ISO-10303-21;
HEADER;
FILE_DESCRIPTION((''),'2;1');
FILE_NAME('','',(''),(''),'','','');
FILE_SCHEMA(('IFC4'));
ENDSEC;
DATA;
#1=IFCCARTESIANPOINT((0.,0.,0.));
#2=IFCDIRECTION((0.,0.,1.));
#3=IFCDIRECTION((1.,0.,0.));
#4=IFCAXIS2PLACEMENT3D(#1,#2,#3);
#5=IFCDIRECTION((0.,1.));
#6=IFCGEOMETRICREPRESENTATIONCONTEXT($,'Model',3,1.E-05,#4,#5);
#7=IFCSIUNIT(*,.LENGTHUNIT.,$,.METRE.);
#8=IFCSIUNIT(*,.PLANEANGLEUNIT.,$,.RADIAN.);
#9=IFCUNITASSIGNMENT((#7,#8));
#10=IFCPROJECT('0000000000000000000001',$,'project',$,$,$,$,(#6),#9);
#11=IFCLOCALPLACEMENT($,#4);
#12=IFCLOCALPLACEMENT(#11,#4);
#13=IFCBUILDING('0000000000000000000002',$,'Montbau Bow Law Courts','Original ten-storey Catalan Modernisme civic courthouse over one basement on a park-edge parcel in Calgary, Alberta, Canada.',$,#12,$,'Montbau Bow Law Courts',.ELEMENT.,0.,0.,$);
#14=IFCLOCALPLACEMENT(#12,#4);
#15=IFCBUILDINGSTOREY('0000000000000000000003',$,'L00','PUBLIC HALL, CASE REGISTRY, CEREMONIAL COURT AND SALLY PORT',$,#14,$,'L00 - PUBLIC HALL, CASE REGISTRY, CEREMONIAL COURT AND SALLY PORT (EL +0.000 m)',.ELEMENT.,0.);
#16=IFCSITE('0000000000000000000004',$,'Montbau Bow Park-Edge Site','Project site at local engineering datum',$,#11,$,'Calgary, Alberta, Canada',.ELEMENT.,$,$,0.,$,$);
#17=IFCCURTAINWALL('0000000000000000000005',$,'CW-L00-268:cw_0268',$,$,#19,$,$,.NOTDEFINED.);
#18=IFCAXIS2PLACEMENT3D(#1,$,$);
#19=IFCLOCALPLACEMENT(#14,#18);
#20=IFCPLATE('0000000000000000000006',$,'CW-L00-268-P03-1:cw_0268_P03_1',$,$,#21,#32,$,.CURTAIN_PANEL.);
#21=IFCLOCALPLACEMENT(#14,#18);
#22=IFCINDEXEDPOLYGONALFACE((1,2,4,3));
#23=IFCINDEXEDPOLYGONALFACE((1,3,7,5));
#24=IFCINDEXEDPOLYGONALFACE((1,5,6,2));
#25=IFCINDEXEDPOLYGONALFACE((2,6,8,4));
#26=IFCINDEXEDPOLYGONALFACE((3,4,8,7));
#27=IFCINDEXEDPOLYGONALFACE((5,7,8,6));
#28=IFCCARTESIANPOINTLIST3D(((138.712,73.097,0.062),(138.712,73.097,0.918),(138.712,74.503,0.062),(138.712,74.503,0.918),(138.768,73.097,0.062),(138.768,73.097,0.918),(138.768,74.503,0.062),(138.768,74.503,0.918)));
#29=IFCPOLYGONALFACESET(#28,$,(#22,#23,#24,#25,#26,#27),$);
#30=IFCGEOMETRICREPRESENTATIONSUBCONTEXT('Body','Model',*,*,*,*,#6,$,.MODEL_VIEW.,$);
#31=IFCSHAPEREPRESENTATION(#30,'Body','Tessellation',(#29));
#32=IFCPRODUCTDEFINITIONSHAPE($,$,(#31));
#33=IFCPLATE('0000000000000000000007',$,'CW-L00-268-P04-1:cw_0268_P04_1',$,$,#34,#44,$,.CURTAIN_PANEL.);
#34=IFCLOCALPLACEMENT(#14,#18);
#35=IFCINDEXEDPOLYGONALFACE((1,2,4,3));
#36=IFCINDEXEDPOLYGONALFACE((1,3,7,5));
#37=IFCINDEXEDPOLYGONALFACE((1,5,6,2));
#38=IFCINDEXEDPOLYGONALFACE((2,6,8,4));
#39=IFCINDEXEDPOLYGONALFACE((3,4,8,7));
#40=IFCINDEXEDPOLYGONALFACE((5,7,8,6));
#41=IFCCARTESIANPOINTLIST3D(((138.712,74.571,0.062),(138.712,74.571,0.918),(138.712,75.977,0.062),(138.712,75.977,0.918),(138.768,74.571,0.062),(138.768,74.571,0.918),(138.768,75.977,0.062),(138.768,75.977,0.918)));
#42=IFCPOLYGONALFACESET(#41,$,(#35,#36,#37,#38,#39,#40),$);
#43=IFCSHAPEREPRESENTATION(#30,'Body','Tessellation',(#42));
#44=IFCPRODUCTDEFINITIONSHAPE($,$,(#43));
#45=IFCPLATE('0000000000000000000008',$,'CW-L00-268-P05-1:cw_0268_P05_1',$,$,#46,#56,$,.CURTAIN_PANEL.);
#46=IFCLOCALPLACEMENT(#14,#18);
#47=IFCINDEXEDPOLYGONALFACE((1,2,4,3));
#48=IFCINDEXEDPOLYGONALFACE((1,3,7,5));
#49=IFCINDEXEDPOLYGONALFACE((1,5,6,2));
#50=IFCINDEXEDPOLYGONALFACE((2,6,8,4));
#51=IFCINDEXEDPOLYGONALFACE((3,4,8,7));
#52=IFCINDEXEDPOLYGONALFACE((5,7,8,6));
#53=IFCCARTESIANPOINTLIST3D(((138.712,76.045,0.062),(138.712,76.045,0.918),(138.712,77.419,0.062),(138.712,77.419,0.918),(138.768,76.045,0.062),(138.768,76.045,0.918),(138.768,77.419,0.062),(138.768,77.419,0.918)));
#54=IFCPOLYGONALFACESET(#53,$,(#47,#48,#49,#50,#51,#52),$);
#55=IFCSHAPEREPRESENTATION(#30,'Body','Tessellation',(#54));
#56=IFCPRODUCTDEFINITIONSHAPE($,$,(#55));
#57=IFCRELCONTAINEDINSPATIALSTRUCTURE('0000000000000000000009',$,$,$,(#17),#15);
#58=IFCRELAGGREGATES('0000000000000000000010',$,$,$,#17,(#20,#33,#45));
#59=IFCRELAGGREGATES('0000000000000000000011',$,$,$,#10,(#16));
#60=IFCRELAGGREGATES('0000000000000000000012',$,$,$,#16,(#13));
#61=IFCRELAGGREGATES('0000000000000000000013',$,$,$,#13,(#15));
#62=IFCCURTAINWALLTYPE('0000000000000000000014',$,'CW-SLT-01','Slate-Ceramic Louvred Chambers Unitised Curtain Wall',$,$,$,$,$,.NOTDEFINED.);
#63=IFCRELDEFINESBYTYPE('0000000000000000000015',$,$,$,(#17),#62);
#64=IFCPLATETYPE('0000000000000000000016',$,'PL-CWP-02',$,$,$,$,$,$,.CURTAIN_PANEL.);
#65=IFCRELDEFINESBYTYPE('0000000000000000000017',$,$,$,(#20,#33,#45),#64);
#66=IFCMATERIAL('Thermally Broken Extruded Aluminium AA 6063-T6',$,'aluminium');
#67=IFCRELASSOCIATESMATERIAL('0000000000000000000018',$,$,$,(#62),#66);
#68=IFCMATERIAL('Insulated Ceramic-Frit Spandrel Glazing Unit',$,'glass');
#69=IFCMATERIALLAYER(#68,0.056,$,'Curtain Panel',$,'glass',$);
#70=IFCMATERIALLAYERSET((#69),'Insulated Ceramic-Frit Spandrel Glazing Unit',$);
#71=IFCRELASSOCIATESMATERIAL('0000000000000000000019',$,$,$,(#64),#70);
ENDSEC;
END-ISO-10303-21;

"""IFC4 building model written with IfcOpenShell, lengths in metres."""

from ifc_helpers import new_model, si_unit, direction, frame, frame_2d, origin_with_axes, place, context, subcontext, project, spatial, rectangle, extrude, material, layer, layer_set, type_object, element, aggregate, save


model = new_model("IFC4")

# Units and contexts
model_context = context("Model", 3, precision=1e-05, world=origin_with_axes(), true_north=direction((0.0, 1.0)))
body_context = subcontext(model_context, "Body", "Model", "MODEL_VIEW")
ifc_project = project(units=[si_unit("LENGTHUNIT", "METRE"), si_unit("PLANEANGLEUNIT", "RADIAN")], contexts=[model_context])

# Site, building, storey
site_placement = place(None, origin_with_axes())
site = spatial("IfcSite", under=ifc_project, at=site_placement, Name="Montbau Bow Park-Edge Site", Description="Project site at local engineering datum", LongName="Calgary, Alberta, Canada", CompositionType="ELEMENT", RefElevation=0.0)
building_placement = place(site_placement, origin_with_axes())
building = spatial("IfcBuilding", under=site, at=building_placement, Name="Montbau Bow Law Courts", Description="Original ten-storey Catalan Modernisme civic courthouse over one basement on a park-edge parcel in Calgary, Alberta, Canada.", LongName="Montbau Bow Law Courts", CompositionType="ELEMENT", ElevationOfRefHeight=0.0, ElevationOfTerrain=0.0)
storey_placement = place(building_placement, origin_with_axes())
storey = spatial("IfcBuildingStorey", under=building, at=storey_placement, Name="L00", Description="PUBLIC HALL, CASE REGISTRY, CEREMONIAL COURT AND SALLY PORT", LongName="L00 - PUBLIC HALL, CASE REGISTRY, CEREMONIAL COURT AND SALLY PORT (EL +0.000 m)", CompositionType="ELEMENT", Elevation=0.0)

# Curtain wall, plates
ifc_material_1 = material(Name="Thermally Broken Extruded Aluminium AA 6063-T6", Category="aluminium")
curtain_wall_type = type_object("IfcCurtainWallType", Name="CW-SLT-01", Description="Slate-Ceramic Louvred Chambers Unitised Curtain Wall", PredefinedType="NOTDEFINED", material=ifc_material_1)
curtain_wall_placement = place(None, frame((138.74, 70.115, 0.0), z_axis=(0.0, 0.0, 1.0), x_axis=(1.0, 0.0, 0.0)))
curtain_wall = element("IfcCurtainWall", 1, at=curtain_wall_placement, inside=storey, type_object=curtain_wall_type, Name="CW-L00-268:cw_0268", PredefinedType="NOTDEFINED")
ifc_material_2 = material(Name="Insulated Ceramic-Frit Spandrel Glazing Unit", Category="glass")
ifc_layer_1 = layer(ifc_material_2, 0.056, Name="Curtain Panel", Category="glass")
ifc_layer_set_1 = layer_set([ifc_layer_1], Name="Insulated Ceramic-Frit Spandrel Glazing Unit")
plate_type_1 = type_object("IfcPlateType", Name="PL-CWP-02", PredefinedType="CURTAIN_PANEL", material=ifc_layer_set_1)
plate_1_placement = place(None, frame((138.74, 73.097, 0.062), z_axis=(1.0, 0.0, 0.0), x_axis=(0.0, 1.0, 0.0)))
plate_1 = element("IfcPlate", 2, at=plate_1_placement, type_object=plate_type_1, Name="CW-L00-268-P03-1:cw_0268_P03_1", PredefinedType="CURTAIN_PANEL", context=body_context, shape_type="SweptSolid", body=[
    extrude(rectangle(XDim=1.406, YDim=0.856, at=frame_2d((0.703, 0.428), x_axis=(1.0, 0.0))), frame((0.0, 0.0, -0.028), z_axis=(0.0, 0.0, 1.0), x_axis=(1.0, 0.0, 0.0)), (0.0, 0.0, 1.0), 0.056),
])
plate_2_placement = place(None, frame((138.74, 74.571, 0.062), z_axis=(1.0, 0.0, 0.0), x_axis=(0.0, 1.0, 0.0)))
plate_2 = element("IfcPlate", 3, at=plate_2_placement, type_object=plate_type_1, Name="CW-L00-268-P04-1:cw_0268_P04_1", PredefinedType="CURTAIN_PANEL", context=body_context, shape_type="SweptSolid", body=[
    extrude(rectangle(XDim=1.406, YDim=0.856, at=frame_2d((0.703, 0.428), x_axis=(1.0, 0.0))), frame((0.0, 0.0, -0.028), z_axis=(0.0, 0.0, 1.0), x_axis=(1.0, 0.0, 0.0)), (0.0, 0.0, 1.0), 0.056),
])
plate_3_placement = place(None, frame((138.74, 76.045, 0.062), z_axis=(1.0, 0.0, 0.0), x_axis=(0.0, 1.0, 0.0)))
plate_3 = element("IfcPlate", 4, at=plate_3_placement, type_object=plate_type_1, Name="CW-L00-268-P05-1:cw_0268_P05_1", PredefinedType="CURTAIN_PANEL", context=body_context, shape_type="SweptSolid", body=[
    extrude(rectangle(XDim=1.374, YDim=0.856, at=frame_2d((0.687, 0.428), x_axis=(1.0, 0.0))), frame((0.0, 0.0, -0.028), z_axis=(0.0, 0.0, 1.0), x_axis=(1.0, 0.0, 0.0)), (0.0, 0.0, 1.0), 0.056),
])
aggregate(curtain_wall, [plate_1, plate_2, plate_3])

save(model, "model.ifc")
